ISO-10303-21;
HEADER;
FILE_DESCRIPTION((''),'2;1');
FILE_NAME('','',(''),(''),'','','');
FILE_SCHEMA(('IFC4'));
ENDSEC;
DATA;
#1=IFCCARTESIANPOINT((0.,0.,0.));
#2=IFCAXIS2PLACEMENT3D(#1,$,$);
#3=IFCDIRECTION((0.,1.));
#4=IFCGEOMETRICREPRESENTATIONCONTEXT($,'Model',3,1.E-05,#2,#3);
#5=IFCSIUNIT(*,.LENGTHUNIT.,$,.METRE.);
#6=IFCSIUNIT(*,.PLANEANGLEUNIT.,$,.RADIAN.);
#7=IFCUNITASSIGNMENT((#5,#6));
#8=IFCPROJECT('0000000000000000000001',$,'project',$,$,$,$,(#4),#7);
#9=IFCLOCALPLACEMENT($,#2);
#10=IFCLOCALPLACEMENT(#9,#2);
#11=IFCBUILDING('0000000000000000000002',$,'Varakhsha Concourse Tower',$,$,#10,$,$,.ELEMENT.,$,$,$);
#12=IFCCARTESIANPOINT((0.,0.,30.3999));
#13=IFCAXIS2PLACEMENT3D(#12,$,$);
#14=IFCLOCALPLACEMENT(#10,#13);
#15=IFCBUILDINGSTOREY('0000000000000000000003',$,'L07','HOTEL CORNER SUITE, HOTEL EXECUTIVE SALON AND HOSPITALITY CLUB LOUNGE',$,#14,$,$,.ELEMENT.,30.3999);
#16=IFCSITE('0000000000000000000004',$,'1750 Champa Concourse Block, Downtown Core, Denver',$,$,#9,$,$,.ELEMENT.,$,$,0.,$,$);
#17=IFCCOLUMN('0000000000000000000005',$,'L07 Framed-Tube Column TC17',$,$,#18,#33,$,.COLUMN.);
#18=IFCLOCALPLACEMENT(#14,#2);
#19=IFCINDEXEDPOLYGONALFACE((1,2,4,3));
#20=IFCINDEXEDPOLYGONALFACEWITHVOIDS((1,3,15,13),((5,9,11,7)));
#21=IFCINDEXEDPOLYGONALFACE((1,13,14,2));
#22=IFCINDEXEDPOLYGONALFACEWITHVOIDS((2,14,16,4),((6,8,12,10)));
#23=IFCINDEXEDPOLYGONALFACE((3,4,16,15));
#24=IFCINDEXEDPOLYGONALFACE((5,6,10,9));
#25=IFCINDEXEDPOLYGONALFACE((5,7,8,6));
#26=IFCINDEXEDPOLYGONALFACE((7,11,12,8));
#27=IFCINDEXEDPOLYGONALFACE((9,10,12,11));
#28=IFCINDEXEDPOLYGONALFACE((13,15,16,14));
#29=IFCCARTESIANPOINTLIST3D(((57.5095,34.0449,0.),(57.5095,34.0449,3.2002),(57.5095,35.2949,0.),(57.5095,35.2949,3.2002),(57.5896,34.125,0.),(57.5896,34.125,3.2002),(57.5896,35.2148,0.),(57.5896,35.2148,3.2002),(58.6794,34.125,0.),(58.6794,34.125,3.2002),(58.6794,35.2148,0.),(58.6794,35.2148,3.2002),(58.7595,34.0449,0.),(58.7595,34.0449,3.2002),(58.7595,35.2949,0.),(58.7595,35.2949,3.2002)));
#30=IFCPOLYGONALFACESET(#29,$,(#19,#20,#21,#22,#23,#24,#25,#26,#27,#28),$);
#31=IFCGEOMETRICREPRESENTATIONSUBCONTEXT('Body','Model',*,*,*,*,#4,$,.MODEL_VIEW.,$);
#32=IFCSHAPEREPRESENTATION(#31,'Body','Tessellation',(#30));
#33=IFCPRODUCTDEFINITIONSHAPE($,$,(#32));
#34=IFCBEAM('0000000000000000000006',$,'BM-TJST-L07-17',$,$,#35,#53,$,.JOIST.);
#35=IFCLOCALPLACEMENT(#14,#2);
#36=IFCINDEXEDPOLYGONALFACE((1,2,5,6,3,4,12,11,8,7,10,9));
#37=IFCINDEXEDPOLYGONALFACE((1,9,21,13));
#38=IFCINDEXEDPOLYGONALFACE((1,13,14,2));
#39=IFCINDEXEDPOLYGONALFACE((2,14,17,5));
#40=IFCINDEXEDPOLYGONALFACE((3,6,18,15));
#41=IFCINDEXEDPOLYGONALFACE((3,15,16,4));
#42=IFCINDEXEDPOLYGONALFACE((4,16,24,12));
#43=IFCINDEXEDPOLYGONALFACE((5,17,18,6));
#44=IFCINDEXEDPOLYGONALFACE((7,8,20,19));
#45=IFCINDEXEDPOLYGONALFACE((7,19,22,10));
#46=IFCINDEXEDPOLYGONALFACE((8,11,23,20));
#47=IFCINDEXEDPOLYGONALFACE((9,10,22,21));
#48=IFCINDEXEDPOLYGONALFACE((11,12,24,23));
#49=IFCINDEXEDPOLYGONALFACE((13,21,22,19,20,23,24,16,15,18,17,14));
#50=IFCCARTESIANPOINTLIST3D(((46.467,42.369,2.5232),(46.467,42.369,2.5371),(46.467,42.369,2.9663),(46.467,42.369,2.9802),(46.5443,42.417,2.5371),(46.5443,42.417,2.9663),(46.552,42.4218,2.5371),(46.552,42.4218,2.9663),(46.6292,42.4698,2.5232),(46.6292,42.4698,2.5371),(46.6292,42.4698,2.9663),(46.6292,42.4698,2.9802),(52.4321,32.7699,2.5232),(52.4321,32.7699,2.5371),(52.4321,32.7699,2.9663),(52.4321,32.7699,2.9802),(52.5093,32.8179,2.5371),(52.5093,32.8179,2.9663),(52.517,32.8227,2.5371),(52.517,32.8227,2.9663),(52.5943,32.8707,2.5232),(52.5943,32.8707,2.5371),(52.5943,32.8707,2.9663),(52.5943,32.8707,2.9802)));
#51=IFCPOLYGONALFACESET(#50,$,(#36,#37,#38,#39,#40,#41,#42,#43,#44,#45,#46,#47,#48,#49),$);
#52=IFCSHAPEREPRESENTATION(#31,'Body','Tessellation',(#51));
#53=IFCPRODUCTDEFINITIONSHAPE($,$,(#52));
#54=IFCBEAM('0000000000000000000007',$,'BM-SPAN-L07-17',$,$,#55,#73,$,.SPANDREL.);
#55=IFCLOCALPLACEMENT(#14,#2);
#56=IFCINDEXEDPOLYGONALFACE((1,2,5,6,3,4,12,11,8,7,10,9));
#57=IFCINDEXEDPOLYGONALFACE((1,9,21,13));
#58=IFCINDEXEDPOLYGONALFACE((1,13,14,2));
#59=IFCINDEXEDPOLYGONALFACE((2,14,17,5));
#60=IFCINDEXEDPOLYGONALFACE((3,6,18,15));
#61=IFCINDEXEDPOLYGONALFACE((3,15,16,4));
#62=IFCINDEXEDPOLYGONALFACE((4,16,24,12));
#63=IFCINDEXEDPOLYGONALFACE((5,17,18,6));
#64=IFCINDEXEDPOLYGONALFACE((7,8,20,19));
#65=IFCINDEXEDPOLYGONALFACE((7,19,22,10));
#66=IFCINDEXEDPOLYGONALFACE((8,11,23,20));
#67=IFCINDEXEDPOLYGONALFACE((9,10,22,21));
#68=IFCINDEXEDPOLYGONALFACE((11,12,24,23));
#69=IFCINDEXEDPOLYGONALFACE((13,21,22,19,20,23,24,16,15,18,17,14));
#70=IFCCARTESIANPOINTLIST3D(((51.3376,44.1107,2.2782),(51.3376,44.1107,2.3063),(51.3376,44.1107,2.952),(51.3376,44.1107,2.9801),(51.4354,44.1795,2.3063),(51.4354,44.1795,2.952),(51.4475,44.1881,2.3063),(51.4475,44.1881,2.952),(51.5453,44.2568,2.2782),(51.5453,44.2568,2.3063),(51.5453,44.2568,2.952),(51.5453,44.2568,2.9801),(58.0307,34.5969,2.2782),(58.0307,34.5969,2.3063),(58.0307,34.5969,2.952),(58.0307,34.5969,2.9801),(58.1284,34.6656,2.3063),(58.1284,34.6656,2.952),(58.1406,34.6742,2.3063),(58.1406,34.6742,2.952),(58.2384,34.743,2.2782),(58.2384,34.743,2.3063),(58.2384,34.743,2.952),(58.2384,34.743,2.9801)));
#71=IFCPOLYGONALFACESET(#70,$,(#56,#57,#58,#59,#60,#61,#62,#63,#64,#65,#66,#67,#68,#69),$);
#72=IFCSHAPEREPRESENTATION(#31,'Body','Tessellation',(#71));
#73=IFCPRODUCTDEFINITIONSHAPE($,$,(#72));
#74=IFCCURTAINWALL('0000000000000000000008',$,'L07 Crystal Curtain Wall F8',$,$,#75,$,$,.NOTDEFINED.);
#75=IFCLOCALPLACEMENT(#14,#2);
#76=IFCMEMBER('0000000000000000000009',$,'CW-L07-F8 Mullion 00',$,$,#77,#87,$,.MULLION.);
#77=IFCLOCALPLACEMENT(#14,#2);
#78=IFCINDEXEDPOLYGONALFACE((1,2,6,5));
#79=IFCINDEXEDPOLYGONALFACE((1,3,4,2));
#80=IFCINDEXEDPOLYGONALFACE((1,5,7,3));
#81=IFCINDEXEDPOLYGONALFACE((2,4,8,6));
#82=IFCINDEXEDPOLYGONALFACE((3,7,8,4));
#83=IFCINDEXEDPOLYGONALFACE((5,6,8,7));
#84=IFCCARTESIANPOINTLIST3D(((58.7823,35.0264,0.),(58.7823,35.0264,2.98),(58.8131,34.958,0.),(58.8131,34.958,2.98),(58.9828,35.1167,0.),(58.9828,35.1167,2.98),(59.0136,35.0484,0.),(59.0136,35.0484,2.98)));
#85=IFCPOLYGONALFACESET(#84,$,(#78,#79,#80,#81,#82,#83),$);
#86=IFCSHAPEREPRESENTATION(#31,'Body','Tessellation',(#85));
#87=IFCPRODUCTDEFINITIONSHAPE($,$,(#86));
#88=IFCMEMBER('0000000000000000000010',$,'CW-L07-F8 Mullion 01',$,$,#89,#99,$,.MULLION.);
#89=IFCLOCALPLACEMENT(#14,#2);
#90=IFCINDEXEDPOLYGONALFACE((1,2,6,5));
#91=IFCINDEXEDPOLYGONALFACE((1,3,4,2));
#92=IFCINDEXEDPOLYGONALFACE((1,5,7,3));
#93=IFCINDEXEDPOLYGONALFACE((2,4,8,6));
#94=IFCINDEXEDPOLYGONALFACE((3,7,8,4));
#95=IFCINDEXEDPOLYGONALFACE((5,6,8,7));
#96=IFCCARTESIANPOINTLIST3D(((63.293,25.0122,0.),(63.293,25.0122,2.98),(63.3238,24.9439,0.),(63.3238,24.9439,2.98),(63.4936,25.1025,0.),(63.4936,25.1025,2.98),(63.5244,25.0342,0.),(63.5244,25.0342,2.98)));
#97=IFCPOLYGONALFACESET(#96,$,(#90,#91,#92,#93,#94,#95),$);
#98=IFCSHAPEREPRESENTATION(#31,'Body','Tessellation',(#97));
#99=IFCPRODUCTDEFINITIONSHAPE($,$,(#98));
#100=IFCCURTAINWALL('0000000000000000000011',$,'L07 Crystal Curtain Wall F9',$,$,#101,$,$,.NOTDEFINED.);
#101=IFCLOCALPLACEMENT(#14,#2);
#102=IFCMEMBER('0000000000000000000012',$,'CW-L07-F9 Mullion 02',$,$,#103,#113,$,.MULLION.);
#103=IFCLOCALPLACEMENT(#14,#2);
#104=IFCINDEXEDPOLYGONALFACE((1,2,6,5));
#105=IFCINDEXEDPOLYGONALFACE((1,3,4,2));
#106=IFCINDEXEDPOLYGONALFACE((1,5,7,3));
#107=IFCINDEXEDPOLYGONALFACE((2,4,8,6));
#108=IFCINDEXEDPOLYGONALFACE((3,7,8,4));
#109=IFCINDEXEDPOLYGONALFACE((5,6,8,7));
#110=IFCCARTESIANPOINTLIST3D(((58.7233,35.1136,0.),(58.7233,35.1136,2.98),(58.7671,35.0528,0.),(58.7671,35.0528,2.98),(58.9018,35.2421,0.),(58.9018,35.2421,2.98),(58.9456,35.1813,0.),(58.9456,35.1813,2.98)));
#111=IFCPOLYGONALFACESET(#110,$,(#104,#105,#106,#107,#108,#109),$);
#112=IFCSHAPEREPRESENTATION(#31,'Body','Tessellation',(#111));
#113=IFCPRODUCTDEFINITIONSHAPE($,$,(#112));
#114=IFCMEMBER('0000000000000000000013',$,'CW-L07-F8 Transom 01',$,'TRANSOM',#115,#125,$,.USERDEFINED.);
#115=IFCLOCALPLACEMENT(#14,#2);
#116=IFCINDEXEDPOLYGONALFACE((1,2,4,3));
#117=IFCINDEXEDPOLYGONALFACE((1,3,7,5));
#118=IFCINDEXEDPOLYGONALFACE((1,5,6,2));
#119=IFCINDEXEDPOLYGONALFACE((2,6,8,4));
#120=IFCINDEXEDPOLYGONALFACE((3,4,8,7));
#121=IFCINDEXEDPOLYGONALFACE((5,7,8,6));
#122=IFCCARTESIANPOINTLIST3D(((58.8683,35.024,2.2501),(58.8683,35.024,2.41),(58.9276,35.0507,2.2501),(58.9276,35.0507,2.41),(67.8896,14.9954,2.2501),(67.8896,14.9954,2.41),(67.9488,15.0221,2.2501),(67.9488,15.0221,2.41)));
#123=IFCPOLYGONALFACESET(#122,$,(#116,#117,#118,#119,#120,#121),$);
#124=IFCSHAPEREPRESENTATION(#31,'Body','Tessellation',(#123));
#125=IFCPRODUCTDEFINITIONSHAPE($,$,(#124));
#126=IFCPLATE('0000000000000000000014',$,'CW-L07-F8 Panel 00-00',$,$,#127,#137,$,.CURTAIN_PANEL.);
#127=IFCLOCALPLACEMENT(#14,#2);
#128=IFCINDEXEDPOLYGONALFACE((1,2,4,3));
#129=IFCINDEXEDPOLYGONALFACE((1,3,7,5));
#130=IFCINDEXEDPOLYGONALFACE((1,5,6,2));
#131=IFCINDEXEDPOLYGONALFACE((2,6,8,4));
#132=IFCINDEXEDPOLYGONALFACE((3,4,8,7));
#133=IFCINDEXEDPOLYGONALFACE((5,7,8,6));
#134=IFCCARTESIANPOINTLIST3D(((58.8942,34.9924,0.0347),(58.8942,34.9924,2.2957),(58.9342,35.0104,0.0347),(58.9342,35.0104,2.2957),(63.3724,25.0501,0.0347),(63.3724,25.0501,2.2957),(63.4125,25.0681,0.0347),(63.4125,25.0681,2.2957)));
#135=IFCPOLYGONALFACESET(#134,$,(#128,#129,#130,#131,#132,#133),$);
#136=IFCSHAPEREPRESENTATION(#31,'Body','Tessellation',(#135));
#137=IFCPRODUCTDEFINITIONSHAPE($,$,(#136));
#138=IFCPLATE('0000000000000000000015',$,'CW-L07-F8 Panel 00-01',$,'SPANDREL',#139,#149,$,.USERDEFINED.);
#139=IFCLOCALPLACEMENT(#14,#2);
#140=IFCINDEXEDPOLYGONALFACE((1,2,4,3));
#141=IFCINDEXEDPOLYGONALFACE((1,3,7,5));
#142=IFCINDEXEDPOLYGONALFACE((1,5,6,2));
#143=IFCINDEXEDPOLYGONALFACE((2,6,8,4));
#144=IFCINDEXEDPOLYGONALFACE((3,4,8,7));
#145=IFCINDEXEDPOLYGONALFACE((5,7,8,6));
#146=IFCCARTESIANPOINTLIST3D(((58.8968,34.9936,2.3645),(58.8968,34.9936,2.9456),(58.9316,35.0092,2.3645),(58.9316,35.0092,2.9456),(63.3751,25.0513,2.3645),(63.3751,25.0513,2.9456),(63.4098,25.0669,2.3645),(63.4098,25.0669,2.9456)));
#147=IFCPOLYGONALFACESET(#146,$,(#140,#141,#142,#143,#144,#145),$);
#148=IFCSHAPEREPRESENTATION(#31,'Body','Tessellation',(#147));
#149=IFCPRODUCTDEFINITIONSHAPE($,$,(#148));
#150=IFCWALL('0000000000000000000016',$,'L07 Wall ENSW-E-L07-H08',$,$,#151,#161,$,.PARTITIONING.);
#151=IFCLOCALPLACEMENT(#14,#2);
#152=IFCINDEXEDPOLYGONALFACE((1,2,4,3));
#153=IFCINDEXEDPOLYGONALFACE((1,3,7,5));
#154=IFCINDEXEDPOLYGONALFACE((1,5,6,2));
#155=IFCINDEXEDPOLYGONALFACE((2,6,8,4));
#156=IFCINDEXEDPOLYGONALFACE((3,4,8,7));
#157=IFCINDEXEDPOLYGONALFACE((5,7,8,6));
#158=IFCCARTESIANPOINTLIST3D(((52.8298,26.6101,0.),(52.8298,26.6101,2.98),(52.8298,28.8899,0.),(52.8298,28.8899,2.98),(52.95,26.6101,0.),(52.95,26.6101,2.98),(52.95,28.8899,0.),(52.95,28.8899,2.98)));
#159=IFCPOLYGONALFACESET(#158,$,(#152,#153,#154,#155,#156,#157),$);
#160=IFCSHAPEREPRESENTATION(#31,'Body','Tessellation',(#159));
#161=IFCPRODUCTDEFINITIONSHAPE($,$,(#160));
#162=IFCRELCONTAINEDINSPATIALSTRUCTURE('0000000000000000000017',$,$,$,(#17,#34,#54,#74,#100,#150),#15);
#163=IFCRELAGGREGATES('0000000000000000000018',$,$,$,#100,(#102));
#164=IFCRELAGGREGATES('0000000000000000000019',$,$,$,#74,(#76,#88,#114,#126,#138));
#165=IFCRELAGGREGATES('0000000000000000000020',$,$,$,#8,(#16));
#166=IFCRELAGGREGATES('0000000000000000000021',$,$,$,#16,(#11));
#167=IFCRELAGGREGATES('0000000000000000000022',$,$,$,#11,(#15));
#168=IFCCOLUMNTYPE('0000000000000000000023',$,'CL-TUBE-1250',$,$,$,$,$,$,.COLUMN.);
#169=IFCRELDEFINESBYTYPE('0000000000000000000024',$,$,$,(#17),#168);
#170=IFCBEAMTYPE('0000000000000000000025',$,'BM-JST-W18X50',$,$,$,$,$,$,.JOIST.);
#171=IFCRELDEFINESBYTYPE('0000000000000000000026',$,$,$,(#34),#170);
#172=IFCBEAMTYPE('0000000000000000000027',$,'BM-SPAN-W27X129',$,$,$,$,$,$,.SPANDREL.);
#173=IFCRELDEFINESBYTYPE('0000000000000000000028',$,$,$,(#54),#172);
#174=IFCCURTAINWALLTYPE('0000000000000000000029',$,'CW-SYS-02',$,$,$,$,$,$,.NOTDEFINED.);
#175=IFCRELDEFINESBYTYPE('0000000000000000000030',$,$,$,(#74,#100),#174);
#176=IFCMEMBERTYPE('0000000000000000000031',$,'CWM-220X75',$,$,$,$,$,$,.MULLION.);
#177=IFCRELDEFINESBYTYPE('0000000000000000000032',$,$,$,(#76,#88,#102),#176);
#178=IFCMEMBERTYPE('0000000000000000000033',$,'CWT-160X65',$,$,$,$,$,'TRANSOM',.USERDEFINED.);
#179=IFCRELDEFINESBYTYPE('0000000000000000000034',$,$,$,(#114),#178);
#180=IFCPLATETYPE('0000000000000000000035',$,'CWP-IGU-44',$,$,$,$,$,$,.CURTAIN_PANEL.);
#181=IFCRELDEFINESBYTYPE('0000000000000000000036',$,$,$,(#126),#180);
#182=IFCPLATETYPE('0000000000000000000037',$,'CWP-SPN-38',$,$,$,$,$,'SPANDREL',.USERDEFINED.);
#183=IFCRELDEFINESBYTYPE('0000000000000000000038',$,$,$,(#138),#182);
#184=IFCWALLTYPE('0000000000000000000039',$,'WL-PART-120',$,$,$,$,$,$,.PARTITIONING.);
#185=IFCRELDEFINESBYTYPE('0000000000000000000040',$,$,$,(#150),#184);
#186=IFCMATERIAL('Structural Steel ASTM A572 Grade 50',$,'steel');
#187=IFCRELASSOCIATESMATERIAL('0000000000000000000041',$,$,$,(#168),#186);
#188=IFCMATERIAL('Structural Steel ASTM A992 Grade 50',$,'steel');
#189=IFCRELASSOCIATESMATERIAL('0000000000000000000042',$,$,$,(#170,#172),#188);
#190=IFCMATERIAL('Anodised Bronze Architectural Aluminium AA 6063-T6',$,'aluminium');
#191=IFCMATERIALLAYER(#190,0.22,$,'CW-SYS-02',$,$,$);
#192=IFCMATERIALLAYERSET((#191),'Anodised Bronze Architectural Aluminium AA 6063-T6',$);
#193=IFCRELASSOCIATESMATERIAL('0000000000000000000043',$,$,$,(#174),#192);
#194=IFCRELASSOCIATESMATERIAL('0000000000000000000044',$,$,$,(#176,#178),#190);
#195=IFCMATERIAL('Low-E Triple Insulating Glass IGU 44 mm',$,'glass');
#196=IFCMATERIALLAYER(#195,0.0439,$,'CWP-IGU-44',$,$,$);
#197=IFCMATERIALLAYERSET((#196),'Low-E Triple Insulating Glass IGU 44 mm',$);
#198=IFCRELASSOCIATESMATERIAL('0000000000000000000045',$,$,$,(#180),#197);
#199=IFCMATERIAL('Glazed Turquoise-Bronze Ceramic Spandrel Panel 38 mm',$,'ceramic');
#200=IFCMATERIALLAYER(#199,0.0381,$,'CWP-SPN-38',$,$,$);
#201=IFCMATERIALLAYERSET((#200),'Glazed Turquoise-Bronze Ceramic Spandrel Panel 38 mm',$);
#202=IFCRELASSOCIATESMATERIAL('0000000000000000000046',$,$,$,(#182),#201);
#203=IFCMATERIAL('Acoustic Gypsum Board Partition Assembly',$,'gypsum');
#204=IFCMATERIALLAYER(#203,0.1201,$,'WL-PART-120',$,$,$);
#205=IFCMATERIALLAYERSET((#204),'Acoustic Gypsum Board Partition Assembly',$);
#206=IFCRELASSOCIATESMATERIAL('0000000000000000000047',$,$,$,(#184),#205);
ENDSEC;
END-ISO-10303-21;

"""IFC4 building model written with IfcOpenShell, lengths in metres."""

from ifc_helpers import new_model, si_unit, direction, frame, frame_2d, origin, origin_2d, place, context, subcontext, project, spatial, rectangle, hollow_rectangle, i_section, extrude, source, transform, mapped, material, layer, layer_set, material_profile, profile_set, type_object, type_shapes, element, aggregate, save


model = new_model("IFC4")

# Units and contexts
model_context = context("Model", 3, precision=1e-05, world=origin(), true_north=direction((0.0, 1.0)))
body_context = subcontext(model_context, "Body", "Model", "MODEL_VIEW")
ifc_project = project(units=[si_unit("LENGTHUNIT", "METRE"), si_unit("PLANEANGLEUNIT", "RADIAN")], contexts=[model_context])

# Site, building, storey
site_placement = place(None, origin())
site = spatial("IfcSite", under=ifc_project, at=site_placement, Name="1750 Champa Concourse Block, Downtown Core, Denver", CompositionType="ELEMENT", RefElevation=0.0)
building_placement = place(site_placement, origin())
building = spatial("IfcBuilding", under=site, at=building_placement, Name="Varakhsha Concourse Tower", CompositionType="ELEMENT")
storey_placement = place(building_placement, frame((0.0, 0.0, 30.3999)))
storey = spatial("IfcBuildingStorey", under=building, at=storey_placement, Name="L07", Description="HOTEL CORNER SUITE, HOTEL EXECUTIVE SALON AND HOSPITALITY CLUB LOUNGE", CompositionType="ELEMENT", Elevation=30.3999)

# Column
ifc_material_1 = material(Name="Structural Steel ASTM A572 Grade 50", Category="steel")
ifc_material_profile_1 = material_profile(ifc_material_1, hollow_rectangle(XDim=1.25, YDim=1.25, WallThickness=0.0801, at=origin_2d()), Name="BOX 1250x1250x80")
ifc_profile_set_1 = profile_set([ifc_material_profile_1], Name="Structural Steel ASTM A572 Grade 50")
column_type = type_object("IfcColumnType", Name="CL-TUBE-1250", PredefinedType="COLUMN", material=ifc_profile_set_1)
column_placement = place(storey_placement, frame((58.1345, 34.6699, 0.0), z_axis=(0.0, 0.0, 1.0), x_axis=(1.0, 0.0, 0.0)))
element("IfcColumn", 1, at=column_placement, inside=storey, type_object=column_type, Name="L07 Framed-Tube Column TC17", PredefinedType="COLUMN", context=body_context, shape_type="SweptSolid", body=[
    extrude(hollow_rectangle(XDim=1.25, YDim=1.25, WallThickness=0.0801, at=origin_2d()), origin(), (0.0, 0.0, 1.0), 3.2002),
])

# Beams
ifc_material_2 = material(Name="Structural Steel ASTM A992 Grade 50", Category="steel")
ifc_material_profile_2 = material_profile(ifc_material_2, i_section(OverallWidth=0.1909, OverallDepth=0.457, WebThickness=0.009, FlangeThickness=0.0139, at=origin_2d()), Name="W18X50")
ifc_profile_set_2 = profile_set([ifc_material_profile_2], Name="Structural Steel ASTM A992 Grade 50")
beam_type_1 = type_object("IfcBeamType", Name="BM-JST-W18X50", PredefinedType="JOIST", material=ifc_profile_set_2)
beam_1_placement = place(storey_placement, frame((52.5132, 32.8203, 2.7517), z_axis=(-0.527811, 0.849362, 0.0), x_axis=(-0.849362, -0.527811, 0.0)))
element("IfcBeam", 2, at=beam_1_placement, inside=storey, type_object=beam_type_1, Name="BM-TJST-L07-17", PredefinedType="JOIST", context=body_context, shape_type="SweptSolid", body=[
    extrude(i_section(OverallWidth=0.1909, OverallDepth=0.457, WebThickness=0.009, FlangeThickness=0.0139, at=origin_2d()), origin(), (0.0, 0.0, 1.0), 11.3015),
])
ifc_material_profile_3 = material_profile(ifc_material_2, i_section(OverallWidth=0.2539, OverallDepth=0.7019, WebThickness=0.0149, FlangeThickness=0.0281, at=origin_2d()), Name="W27X129")
ifc_profile_set_3 = profile_set([ifc_material_profile_3], Name="Structural Steel ASTM A992 Grade 50")
beam_type_2 = type_object("IfcBeamType", Name="BM-SPAN-W27X129", PredefinedType="SPANDREL", material=ifc_profile_set_3)
beam_2_placement = place(storey_placement, frame((58.1345, 34.6699, 2.6292), z_axis=(-0.575386, 0.817882, 0.0), x_axis=(-0.817882, -0.575386, 0.0)))
element("IfcBeam", 3, at=beam_2_placement, inside=storey, type_object=beam_type_2, Name="BM-SPAN-L07-17", PredefinedType="SPANDREL", context=body_context, shape_type="SweptSolid", body=[
    extrude(i_section(OverallWidth=0.2539, OverallDepth=0.7019, WebThickness=0.0149, FlangeThickness=0.0281, at=origin_2d()), origin(), (0.0, 0.0, 1.0), 11.6323),
])

# Curtain wall, members
ifc_material_3 = material(Name="Anodised Bronze Architectural Aluminium AA 6063-T6", Category="aluminium")
ifc_layer_1 = layer(ifc_material_3, 0.22, Name="CW-SYS-02")
ifc_layer_set_1 = layer_set([ifc_layer_1], Name="Anodised Bronze Architectural Aluminium AA 6063-T6")
curtain_wall_type = type_object("IfcCurtainWallType", Name="CW-SYS-02", PredefinedType="NOTDEFINED", material=ifc_layer_set_1)
curtain_wall_1_placement = place(storey_placement, origin())
curtain_wall_1 = element("IfcCurtainWall", 4, at=curtain_wall_1_placement, inside=storey, type_object=curtain_wall_type, Name="L07 Crystal Curtain Wall F8", PredefinedType="NOTDEFINED")
ifc_material_profile_4 = material_profile(ifc_material_3, rectangle(XDim=0.075, YDim=0.22, at=origin_2d()), Name="CWM-220X75")
ifc_profile_set_4 = profile_set([ifc_material_profile_4], Name="Anodised Bronze Architectural Aluminium AA 6063-T6")
member_type_1 = type_object("IfcMemberType", Name="CWM-220X75", PredefinedType="MULLION", material=ifc_profile_set_4)
shared_shape_1 = source(origin(), body_context, "Body", "SweptSolid", [
    extrude(rectangle(XDim=0.075, YDim=0.22, at=origin_2d()), origin(), (0.0, 0.0, 1.0), 2.98),
])
type_shapes(member_type_1, [shared_shape_1])
member_1_placement = place(storey_placement, frame((58.8979, 35.0374, 0.0), z_axis=(0.0, 0.0, 1.0), x_axis=(0.410684, -0.911778, 0.0)))
member_1 = element("IfcMember", 5, at=member_1_placement, type_object=member_type_1, Name="CW-L07-F8 Mullion 00", PredefinedType="MULLION", context=body_context, shape_type="MappedRepresentation", body=[
    mapped(shared_shape_1, transform((0.0, 0.0, 0.0), scale=1.0)),
])
member_2_placement = place(storey_placement, frame((63.4087, 25.0232, 0.0), z_axis=(0.0, 0.0, 1.0), x_axis=(0.410684, -0.911778, 0.0)))
member_2 = element("IfcMember", 6, at=member_2_placement, type_object=member_type_1, Name="CW-L07-F8 Mullion 01", PredefinedType="MULLION", context=body_context, shape_type="MappedRepresentation", body=[
    mapped(shared_shape_1, transform((0.0, 0.0, 0.0), scale=1.0)),
])

# Curtain wall, member
curtain_wall_2_placement = place(storey_placement, origin())
curtain_wall_2 = element("IfcCurtainWall", 7, at=curtain_wall_2_placement, inside=storey, type_object=curtain_wall_type, Name="L07 Crystal Curtain Wall F9", PredefinedType="NOTDEFINED")
member_3_placement = place(storey_placement, frame((58.8345, 35.1475, 0.0), z_axis=(0.0, 0.0, 1.0), x_axis=(0.584284, -0.81155, 0.0)))
member_3 = element("IfcMember", 8, at=member_3_placement, type_object=member_type_1, Name="CW-L07-F9 Mullion 02", PredefinedType="MULLION", context=body_context, shape_type="MappedRepresentation", body=[
    mapped(shared_shape_1, transform((0.0, 0.0, 0.0), scale=1.0)),
])
aggregate(curtain_wall_2, [member_3])

# Member
ifc_material_profile_5 = material_profile(ifc_material_3, rectangle(XDim=0.0649, YDim=0.1599, at=origin_2d()), Name="CWT-160X65")
ifc_profile_set_5 = profile_set([ifc_material_profile_5], Name="Anodised Bronze Architectural Aluminium AA 6063-T6")
member_type_2 = type_object("IfcMemberType", Name="CWT-160X65", ElementType="TRANSOM", PredefinedType="USERDEFINED", material=ifc_profile_set_5)
shared_shape_2 = source(origin(), body_context, "Body", "SweptSolid", [
    extrude(rectangle(XDim=0.0649, YDim=0.1599, at=origin_2d()), origin(), (0.0, 0.0, 1.0), 21.9666),
])
type_shapes(member_type_2, [shared_shape_2])
member_4_placement = place(storey_placement, frame((58.8979, 35.0374, 2.3301), z_axis=(0.410682, -0.911779, 0.0), x_axis=(0.911779, 0.410682, 0.0)))
member_4 = element("IfcMember", 9, at=member_4_placement, type_object=member_type_2, Name="CW-L07-F8 Transom 01", ObjectType="TRANSOM", PredefinedType="USERDEFINED", context=body_context, shape_type="MappedRepresentation", body=[
    mapped(shared_shape_2, transform((0.0, 0.0, 0.0), scale=1.0)),
])

# Plates
ifc_material_4 = material(Name="Low-E Triple Insulating Glass IGU 44 mm", Category="glass")
ifc_layer_2 = layer(ifc_material_4, 0.0439, Name="CWP-IGU-44")
ifc_layer_set_2 = layer_set([ifc_layer_2], Name="Low-E Triple Insulating Glass IGU 44 mm")
plate_type_1 = type_object("IfcPlateType", Name="CWP-IGU-44", PredefinedType="CURTAIN_PANEL", material=ifc_layer_set_2)
shared_shape_3 = source(origin(), body_context, "Body", "SweptSolid", [
    extrude(rectangle(XDim=10.9043, YDim=0.0439, at=origin_2d()), origin(), (0.0, 0.0, 1.0), 2.261),
])
type_shapes(plate_type_1, [shared_shape_3])
plate_1_placement = place(storey_placement, frame((61.1533, 30.0303, 0.0347), z_axis=(0.0, 0.0, 1.0), x_axis=(0.410684, -0.911778, 0.0)))
plate_1 = element("IfcPlate", 10, at=plate_1_placement, type_object=plate_type_1, Name="CW-L07-F8 Panel 00-00", PredefinedType="CURTAIN_PANEL", context=body_context, shape_type="MappedRepresentation", body=[
    mapped(shared_shape_3, transform((0.0, 0.0, 0.0), scale=1.0)),
])
ifc_material_5 = material(Name="Glazed Turquoise-Bronze Ceramic Spandrel Panel 38 mm", Category="ceramic")
ifc_layer_3 = layer(ifc_material_5, 0.0381, Name="CWP-SPN-38")
ifc_layer_set_3 = layer_set([ifc_layer_3], Name="Glazed Turquoise-Bronze Ceramic Spandrel Panel 38 mm")
plate_type_2 = type_object("IfcPlateType", Name="CWP-SPN-38", ElementType="SPANDREL", PredefinedType="USERDEFINED", material=ifc_layer_set_3)
shared_shape_4 = source(origin(), body_context, "Body", "SweptSolid", [
    extrude(rectangle(XDim=10.9043, YDim=0.0381, at=origin_2d()), origin(), (0.0, 0.0, 1.0), 0.5811),
])
type_shapes(plate_type_2, [shared_shape_4])
plate_2_placement = place(storey_placement, frame((61.1533, 30.0303, 2.3645), z_axis=(0.0, 0.0, 1.0), x_axis=(0.410684, -0.911778, 0.0)))
plate_2 = element("IfcPlate", 11, at=plate_2_placement, type_object=plate_type_2, Name="CW-L07-F8 Panel 00-01", ObjectType="SPANDREL", PredefinedType="USERDEFINED", context=body_context, shape_type="MappedRepresentation", body=[
    mapped(shared_shape_4, transform((0.0, 0.0, 0.0), scale=1.0)),
])
aggregate(curtain_wall_1, [member_1, member_2, member_4, plate_1, plate_2])

# Wall
ifc_material_6 = material(Name="Acoustic Gypsum Board Partition Assembly", Category="gypsum")
ifc_layer_4 = layer(ifc_material_6, 0.1201, Name="WL-PART-120")
ifc_layer_set_4 = layer_set([ifc_layer_4], Name="Acoustic Gypsum Board Partition Assembly")
wall_type_1 = type_object("IfcWallType", Name="WL-PART-120", PredefinedType="PARTITIONING", material=ifc_layer_set_4)
wall_1_placement = place(storey_placement, frame((52.8899, 26.6101, 0.0), z_axis=(0.0, 0.0, 1.0), x_axis=(0.0, 1.0, 0.0)))
element("IfcWall", 12, at=wall_1_placement, inside=storey, type_object=wall_type_1, Name="L07 Wall ENSW-E-L07-H08", PredefinedType="PARTITIONING", context=body_context, shape_type="SweptSolid", body=[
    extrude(rectangle(XDim=2.2798, YDim=0.1201, at=frame_2d((1.1399, 0.0))), origin(), (0.0, 0.0, 1.0), 2.98),
])

save(model, "model.ifc")
